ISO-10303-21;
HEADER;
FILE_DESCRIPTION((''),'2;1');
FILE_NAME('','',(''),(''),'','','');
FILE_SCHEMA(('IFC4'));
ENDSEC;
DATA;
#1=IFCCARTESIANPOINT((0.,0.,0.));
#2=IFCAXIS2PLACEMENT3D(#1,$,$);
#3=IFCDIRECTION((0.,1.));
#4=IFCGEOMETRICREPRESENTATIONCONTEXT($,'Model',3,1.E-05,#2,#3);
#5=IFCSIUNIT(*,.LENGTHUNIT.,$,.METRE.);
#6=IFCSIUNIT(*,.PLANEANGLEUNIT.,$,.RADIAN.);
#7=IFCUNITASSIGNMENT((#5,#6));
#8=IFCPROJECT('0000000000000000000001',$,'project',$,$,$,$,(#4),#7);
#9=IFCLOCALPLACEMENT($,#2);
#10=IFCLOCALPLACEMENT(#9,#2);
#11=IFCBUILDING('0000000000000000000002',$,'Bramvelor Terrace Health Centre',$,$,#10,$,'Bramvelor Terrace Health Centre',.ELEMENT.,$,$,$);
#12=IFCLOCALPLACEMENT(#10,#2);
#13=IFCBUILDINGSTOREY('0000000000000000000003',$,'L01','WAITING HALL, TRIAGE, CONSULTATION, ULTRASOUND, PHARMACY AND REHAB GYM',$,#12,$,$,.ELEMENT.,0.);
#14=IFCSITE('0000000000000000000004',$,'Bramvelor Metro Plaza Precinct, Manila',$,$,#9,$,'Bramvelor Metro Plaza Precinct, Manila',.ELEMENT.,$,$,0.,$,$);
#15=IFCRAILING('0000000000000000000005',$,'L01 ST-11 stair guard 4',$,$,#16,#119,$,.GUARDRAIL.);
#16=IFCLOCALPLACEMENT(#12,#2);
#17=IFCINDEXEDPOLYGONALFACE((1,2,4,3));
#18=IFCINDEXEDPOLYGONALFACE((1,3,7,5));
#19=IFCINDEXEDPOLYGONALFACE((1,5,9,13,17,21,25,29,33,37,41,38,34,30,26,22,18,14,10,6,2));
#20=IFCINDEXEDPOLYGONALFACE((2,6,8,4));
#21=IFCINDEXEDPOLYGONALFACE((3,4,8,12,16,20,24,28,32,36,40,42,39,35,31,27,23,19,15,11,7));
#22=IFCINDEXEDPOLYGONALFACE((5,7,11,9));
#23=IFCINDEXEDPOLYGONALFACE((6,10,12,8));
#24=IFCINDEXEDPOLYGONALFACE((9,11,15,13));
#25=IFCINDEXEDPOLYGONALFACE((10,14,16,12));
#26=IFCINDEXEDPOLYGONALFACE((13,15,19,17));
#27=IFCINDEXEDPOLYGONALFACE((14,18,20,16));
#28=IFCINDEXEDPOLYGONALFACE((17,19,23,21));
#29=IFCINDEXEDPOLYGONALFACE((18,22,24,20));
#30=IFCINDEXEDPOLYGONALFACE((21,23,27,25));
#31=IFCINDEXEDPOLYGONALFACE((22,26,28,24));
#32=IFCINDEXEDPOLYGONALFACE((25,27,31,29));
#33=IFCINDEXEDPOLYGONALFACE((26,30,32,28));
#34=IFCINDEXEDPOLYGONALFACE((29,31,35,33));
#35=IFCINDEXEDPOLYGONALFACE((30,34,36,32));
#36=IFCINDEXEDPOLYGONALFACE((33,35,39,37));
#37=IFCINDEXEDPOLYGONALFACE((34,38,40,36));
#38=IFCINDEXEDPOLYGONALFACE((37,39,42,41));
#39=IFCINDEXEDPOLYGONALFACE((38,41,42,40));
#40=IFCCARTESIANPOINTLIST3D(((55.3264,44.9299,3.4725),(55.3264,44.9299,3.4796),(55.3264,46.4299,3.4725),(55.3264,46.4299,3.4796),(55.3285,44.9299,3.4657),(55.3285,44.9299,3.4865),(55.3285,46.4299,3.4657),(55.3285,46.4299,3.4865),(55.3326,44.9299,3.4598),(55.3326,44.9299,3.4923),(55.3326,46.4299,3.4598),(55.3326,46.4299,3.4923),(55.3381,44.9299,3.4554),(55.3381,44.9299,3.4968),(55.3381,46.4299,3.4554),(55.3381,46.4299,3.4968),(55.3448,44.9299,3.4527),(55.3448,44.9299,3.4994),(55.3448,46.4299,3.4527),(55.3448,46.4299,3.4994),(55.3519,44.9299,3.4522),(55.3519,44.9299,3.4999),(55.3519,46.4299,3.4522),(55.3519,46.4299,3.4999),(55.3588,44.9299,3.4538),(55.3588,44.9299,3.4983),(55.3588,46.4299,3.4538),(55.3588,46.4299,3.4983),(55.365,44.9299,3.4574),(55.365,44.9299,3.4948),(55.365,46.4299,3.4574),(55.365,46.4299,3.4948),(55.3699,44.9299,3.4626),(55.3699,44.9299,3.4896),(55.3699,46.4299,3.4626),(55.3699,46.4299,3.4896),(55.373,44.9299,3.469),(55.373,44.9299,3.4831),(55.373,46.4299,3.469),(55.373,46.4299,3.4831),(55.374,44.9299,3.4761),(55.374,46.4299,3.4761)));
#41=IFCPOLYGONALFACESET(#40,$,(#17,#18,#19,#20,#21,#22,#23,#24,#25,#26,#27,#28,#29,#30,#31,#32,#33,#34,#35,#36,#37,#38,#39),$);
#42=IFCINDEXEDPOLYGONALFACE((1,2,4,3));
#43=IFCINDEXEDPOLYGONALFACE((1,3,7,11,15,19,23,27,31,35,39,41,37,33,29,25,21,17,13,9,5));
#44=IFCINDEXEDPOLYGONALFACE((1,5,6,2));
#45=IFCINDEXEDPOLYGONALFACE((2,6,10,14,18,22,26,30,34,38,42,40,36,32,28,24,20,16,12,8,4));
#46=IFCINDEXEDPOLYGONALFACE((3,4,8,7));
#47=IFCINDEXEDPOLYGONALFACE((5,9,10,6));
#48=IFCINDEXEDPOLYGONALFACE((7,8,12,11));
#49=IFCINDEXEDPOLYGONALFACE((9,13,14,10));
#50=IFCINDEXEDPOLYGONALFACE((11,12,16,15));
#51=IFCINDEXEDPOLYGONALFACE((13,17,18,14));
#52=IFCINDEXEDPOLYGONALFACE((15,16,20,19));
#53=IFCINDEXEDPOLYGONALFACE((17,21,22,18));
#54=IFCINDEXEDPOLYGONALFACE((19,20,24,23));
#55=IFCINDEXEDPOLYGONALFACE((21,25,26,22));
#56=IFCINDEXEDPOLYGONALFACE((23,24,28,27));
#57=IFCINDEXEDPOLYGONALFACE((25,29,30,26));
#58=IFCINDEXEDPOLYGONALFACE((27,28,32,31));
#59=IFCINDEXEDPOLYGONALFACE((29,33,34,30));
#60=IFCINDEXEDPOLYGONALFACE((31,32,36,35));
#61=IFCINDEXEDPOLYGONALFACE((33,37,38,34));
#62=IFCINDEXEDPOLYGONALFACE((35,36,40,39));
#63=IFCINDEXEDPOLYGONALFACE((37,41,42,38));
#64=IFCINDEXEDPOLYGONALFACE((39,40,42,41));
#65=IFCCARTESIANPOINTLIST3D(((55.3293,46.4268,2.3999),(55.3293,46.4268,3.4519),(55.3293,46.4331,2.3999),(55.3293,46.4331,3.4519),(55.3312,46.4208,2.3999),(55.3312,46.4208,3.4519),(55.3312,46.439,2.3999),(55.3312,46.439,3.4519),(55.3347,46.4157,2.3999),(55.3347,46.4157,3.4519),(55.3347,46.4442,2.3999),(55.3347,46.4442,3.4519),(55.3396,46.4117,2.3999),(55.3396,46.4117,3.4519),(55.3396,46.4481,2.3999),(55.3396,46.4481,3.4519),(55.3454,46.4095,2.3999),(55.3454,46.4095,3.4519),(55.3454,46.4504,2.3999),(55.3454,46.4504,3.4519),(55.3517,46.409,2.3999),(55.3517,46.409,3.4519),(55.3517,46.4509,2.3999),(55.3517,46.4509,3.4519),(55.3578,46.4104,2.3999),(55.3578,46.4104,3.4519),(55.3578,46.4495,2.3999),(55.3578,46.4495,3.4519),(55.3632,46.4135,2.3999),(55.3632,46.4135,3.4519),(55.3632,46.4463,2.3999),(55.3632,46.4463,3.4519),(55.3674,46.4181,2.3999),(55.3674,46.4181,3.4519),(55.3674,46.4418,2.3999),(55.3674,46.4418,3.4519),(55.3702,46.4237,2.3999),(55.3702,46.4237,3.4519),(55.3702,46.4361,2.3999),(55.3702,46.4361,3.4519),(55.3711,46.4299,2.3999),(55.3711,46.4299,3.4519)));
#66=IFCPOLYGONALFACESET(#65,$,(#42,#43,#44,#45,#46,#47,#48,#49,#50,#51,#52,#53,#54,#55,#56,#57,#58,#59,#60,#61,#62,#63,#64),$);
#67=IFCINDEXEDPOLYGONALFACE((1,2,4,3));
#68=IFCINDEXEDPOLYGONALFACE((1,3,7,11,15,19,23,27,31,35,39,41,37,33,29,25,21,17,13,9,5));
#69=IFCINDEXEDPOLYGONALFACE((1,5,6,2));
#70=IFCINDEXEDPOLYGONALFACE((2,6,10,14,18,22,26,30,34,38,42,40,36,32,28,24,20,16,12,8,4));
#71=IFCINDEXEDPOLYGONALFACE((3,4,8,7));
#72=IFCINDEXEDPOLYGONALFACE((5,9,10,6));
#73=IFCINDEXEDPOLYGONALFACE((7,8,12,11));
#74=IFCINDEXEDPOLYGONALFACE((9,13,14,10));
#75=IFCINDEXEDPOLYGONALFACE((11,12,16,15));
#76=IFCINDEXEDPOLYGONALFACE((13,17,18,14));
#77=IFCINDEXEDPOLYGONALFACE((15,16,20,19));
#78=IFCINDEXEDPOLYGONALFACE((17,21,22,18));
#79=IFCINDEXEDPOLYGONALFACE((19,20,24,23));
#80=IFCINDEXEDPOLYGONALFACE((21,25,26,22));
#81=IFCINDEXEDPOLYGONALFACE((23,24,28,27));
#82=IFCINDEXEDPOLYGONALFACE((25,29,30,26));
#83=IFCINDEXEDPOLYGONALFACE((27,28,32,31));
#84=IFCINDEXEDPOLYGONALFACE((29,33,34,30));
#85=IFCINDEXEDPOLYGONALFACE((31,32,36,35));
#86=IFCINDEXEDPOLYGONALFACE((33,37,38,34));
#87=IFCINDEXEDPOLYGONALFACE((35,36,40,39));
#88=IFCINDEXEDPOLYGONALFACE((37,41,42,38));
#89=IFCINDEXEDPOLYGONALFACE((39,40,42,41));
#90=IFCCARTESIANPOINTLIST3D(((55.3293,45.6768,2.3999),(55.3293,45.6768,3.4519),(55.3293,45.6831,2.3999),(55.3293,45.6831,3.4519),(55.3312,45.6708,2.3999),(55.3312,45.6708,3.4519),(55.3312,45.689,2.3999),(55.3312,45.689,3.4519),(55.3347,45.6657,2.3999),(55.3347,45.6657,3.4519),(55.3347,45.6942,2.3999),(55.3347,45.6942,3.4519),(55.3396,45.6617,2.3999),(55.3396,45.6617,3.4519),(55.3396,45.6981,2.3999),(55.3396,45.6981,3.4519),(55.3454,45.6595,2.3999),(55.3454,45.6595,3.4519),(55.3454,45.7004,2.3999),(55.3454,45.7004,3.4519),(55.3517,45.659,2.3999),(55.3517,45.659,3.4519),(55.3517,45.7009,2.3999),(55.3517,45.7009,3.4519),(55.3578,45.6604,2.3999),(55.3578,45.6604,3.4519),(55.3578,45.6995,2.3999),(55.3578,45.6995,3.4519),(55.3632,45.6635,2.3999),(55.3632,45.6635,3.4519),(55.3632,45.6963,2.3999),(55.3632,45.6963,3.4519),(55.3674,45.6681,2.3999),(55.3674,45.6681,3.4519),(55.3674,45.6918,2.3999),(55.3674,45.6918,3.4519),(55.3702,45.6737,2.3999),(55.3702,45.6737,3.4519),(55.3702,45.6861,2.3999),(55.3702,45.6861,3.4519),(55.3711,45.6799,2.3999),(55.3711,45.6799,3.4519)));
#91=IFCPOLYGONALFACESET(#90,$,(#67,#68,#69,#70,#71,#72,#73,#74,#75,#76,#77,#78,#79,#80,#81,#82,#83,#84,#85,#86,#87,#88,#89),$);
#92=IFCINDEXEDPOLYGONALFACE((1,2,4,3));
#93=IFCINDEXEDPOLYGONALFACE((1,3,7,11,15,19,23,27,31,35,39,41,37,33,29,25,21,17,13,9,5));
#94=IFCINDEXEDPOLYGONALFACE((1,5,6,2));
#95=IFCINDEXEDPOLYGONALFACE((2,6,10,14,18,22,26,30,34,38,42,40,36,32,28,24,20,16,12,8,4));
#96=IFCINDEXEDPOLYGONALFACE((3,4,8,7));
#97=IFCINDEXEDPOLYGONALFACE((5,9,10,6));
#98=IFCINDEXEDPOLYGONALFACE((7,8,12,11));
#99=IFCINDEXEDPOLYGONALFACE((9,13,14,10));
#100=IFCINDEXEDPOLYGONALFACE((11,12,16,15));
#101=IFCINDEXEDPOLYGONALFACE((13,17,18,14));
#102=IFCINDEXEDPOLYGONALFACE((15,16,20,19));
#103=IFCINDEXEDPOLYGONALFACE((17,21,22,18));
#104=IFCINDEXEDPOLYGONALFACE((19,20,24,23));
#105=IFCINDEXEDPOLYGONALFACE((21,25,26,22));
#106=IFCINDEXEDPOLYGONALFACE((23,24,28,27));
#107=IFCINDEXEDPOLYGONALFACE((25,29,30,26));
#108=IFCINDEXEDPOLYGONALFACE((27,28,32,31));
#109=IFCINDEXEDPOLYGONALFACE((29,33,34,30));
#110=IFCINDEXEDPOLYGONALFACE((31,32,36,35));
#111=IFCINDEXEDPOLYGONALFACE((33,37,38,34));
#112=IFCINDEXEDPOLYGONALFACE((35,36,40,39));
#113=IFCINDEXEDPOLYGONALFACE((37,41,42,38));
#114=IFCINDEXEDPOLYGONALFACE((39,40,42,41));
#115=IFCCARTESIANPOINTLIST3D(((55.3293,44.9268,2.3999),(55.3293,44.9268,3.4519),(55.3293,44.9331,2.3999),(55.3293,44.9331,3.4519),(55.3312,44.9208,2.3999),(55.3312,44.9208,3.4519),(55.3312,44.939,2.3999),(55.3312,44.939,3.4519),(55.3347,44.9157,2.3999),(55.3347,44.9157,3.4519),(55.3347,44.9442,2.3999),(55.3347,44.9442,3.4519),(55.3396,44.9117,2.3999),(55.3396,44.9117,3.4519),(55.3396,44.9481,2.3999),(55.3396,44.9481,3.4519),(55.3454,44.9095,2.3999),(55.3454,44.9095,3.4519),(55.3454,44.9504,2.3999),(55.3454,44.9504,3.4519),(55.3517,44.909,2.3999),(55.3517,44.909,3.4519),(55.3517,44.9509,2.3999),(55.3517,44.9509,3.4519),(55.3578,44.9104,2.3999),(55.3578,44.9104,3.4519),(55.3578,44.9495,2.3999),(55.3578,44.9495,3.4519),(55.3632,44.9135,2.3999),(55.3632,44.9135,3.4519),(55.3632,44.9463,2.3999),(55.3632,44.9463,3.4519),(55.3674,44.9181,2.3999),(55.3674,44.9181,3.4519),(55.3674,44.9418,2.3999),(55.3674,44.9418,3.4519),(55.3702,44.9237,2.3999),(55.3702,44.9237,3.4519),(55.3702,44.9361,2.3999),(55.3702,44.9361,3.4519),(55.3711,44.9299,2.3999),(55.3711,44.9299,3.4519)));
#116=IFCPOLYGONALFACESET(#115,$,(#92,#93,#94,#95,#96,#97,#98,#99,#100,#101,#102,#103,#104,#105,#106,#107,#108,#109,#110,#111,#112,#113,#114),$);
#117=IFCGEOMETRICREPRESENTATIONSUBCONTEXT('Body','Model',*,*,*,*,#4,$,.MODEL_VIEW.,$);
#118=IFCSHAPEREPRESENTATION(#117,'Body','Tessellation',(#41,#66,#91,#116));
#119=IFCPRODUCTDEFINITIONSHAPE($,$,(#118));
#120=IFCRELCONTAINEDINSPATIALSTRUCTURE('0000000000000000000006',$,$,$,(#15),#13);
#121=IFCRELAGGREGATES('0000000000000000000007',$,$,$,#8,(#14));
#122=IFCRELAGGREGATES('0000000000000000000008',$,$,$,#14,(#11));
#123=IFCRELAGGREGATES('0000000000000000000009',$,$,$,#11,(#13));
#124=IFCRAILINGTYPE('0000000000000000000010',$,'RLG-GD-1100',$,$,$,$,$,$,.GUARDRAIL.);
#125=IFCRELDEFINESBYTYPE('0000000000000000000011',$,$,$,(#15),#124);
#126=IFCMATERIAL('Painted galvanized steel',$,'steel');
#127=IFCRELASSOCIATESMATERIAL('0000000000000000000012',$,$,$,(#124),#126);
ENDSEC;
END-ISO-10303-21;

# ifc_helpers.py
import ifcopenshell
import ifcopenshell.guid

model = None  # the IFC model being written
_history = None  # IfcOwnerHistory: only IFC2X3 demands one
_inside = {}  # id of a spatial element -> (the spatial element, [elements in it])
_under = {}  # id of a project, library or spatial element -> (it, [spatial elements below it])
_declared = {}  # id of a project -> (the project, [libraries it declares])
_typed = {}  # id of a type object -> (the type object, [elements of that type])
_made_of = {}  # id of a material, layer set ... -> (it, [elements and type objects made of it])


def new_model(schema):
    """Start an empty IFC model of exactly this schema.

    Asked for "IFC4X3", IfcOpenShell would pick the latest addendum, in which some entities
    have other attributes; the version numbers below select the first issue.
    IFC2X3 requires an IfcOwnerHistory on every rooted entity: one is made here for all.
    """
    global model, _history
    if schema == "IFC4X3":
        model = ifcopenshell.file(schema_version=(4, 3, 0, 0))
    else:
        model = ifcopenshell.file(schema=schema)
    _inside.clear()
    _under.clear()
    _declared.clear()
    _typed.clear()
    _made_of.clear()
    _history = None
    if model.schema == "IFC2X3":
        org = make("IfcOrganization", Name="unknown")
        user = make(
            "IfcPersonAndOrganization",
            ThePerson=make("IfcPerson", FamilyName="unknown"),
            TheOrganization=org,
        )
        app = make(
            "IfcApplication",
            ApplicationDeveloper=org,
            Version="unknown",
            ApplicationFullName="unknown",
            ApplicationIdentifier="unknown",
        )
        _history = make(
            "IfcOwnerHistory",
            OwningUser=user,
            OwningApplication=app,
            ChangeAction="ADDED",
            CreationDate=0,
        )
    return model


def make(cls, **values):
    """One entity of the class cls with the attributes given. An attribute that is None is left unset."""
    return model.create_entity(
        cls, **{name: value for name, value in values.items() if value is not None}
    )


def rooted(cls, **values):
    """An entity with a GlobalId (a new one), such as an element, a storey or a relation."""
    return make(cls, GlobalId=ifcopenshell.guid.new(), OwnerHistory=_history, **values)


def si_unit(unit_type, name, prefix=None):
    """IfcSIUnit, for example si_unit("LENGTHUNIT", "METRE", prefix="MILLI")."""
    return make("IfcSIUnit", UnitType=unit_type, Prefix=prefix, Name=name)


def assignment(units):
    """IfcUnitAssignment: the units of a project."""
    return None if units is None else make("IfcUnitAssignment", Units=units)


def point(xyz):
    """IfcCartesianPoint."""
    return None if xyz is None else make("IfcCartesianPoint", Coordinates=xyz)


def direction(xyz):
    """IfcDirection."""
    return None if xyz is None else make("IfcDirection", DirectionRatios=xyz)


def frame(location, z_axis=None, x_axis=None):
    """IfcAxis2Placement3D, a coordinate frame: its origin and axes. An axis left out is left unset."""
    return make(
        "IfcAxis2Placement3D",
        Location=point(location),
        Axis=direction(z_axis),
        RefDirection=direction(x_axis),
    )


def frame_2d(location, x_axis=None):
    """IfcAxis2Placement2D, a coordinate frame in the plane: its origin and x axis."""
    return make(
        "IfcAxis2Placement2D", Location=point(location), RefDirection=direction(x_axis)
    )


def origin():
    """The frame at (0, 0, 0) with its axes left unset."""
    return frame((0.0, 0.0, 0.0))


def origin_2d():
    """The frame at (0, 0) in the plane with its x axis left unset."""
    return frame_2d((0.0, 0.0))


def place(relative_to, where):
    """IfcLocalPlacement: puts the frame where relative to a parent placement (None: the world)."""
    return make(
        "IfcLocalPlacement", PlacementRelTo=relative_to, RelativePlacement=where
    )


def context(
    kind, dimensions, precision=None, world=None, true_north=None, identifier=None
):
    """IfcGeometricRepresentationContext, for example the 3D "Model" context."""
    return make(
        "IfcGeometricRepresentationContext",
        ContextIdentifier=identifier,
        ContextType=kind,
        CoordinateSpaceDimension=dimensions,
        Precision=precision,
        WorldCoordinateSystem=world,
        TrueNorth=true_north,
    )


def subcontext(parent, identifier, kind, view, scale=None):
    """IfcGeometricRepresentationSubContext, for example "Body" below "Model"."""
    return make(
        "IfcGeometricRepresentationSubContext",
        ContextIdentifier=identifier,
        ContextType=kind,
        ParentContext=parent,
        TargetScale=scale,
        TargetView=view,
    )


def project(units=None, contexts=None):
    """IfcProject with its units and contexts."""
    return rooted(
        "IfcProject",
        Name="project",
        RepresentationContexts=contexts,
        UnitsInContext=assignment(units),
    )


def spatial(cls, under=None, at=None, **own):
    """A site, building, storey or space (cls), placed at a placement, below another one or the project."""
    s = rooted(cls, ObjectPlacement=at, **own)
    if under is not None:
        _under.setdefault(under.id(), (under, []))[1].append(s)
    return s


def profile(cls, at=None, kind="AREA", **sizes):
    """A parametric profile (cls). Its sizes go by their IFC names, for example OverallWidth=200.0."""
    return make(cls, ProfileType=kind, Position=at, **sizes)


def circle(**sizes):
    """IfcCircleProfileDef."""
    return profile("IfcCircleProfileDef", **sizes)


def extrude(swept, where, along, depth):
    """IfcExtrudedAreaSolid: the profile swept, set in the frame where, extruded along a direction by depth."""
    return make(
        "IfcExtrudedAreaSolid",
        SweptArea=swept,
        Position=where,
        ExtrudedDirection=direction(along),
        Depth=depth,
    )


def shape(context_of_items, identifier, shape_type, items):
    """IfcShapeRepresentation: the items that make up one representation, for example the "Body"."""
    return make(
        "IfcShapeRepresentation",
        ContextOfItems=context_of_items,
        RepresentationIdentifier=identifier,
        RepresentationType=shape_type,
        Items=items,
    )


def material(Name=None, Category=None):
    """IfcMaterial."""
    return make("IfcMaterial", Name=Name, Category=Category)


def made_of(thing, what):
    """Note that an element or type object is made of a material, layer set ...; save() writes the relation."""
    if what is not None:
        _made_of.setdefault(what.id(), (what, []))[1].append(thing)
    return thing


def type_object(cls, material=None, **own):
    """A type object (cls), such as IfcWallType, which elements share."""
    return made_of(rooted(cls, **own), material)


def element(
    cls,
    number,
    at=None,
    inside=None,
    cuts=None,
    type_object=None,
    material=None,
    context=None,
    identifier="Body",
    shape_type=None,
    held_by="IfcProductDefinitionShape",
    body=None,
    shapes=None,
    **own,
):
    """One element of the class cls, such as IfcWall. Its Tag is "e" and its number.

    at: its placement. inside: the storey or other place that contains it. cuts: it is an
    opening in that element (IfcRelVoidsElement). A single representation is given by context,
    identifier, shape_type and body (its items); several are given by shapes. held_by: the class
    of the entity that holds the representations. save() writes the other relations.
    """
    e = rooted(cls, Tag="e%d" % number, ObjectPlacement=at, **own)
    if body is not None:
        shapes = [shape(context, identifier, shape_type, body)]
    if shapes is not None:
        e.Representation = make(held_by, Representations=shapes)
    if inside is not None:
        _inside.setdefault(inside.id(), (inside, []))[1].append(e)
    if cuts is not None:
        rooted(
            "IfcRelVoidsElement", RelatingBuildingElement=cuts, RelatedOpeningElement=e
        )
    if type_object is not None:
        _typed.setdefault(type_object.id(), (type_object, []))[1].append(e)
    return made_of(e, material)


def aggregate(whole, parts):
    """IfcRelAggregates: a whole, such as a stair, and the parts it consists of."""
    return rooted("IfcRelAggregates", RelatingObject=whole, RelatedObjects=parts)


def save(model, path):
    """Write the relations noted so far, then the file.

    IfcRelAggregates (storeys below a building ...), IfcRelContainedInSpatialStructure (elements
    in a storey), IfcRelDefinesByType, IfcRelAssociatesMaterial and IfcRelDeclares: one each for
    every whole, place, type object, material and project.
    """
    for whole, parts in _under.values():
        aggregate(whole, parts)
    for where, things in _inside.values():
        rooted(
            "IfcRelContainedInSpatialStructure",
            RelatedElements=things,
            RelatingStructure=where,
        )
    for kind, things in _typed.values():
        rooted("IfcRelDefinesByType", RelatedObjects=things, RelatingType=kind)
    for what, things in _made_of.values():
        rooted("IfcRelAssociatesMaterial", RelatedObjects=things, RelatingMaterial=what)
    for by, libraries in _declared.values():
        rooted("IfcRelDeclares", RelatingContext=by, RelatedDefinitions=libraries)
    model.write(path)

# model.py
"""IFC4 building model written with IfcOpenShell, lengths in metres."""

from ifc_helpers import new_model, si_unit, direction, frame, origin, origin_2d, place, context, subcontext, project, spatial, circle, extrude, material, type_object, element, save


model = new_model("IFC4")

# Units and contexts
model_context = context("Model", 3, precision=1e-05, world=origin(), true_north=direction((0.0, 1.0)))
body_context = subcontext(model_context, "Body", "Model", "MODEL_VIEW")
ifc_project = project(units=[si_unit("LENGTHUNIT", "METRE"), si_unit("PLANEANGLEUNIT", "RADIAN")], contexts=[model_context])

# Site, building, storey
site_placement = place(None, origin())
site = spatial("IfcSite", under=ifc_project, at=site_placement, Name="Bramvelor Metro Plaza Precinct, Manila", LongName="Bramvelor Metro Plaza Precinct, Manila", CompositionType="ELEMENT", RefElevation=0.0)
building_placement = place(site_placement, origin())
building = spatial("IfcBuilding", under=site, at=building_placement, Name="Bramvelor Terrace Health Centre", LongName="Bramvelor Terrace Health Centre", CompositionType="ELEMENT")
storey_placement = place(building_placement, origin())
storey = spatial("IfcBuildingStorey", under=building, at=storey_placement, Name="L01", Description="WAITING HALL, TRIAGE, CONSULTATION, ULTRASOUND, PHARMACY AND REHAB GYM", CompositionType="ELEMENT", Elevation=0.0)

# Railing
ifc_material_1 = material(Name="Painted galvanized steel", Category="steel")
railing_type_1 = type_object("IfcRailingType", Name="RLG-GD-1100", PredefinedType="GUARDRAIL", material=ifc_material_1)
for number, where, name in (
    (1, (55.3501, 46.4299, 2.3999), "L01 ST-11 stair guard 4"),
):
    element("IfcRailing", number, at=place(storey_placement, frame(where)), inside=storey, type_object=railing_type_1, Name=name, PredefinedType="GUARDRAIL", context=body_context, shape_type="SweptSolid", body=[
        extrude(circle(Radius=0.0239, at=origin_2d()), frame((0.0, 0.0, 1.0762), z_axis=(0.0, -1.0, 0.0), x_axis=(1.0, 0.0, 0.0)), (0.0, 0.0, 1.0), 1.5),
        extrude(circle(Radius=0.021, at=origin_2d()), origin(), (0.0, 0.0, 1.0), 1.052),
        extrude(circle(Radius=0.021, at=origin_2d()), frame((0.0, -0.75, 0.0)), (0.0, 0.0, 1.0), 1.052),
        extrude(circle(Radius=0.021, at=origin_2d()), frame((0.0, -1.5, 0.0)), (0.0, 0.0, 1.0), 1.052),
    ])

save(model, "model.ifc")
